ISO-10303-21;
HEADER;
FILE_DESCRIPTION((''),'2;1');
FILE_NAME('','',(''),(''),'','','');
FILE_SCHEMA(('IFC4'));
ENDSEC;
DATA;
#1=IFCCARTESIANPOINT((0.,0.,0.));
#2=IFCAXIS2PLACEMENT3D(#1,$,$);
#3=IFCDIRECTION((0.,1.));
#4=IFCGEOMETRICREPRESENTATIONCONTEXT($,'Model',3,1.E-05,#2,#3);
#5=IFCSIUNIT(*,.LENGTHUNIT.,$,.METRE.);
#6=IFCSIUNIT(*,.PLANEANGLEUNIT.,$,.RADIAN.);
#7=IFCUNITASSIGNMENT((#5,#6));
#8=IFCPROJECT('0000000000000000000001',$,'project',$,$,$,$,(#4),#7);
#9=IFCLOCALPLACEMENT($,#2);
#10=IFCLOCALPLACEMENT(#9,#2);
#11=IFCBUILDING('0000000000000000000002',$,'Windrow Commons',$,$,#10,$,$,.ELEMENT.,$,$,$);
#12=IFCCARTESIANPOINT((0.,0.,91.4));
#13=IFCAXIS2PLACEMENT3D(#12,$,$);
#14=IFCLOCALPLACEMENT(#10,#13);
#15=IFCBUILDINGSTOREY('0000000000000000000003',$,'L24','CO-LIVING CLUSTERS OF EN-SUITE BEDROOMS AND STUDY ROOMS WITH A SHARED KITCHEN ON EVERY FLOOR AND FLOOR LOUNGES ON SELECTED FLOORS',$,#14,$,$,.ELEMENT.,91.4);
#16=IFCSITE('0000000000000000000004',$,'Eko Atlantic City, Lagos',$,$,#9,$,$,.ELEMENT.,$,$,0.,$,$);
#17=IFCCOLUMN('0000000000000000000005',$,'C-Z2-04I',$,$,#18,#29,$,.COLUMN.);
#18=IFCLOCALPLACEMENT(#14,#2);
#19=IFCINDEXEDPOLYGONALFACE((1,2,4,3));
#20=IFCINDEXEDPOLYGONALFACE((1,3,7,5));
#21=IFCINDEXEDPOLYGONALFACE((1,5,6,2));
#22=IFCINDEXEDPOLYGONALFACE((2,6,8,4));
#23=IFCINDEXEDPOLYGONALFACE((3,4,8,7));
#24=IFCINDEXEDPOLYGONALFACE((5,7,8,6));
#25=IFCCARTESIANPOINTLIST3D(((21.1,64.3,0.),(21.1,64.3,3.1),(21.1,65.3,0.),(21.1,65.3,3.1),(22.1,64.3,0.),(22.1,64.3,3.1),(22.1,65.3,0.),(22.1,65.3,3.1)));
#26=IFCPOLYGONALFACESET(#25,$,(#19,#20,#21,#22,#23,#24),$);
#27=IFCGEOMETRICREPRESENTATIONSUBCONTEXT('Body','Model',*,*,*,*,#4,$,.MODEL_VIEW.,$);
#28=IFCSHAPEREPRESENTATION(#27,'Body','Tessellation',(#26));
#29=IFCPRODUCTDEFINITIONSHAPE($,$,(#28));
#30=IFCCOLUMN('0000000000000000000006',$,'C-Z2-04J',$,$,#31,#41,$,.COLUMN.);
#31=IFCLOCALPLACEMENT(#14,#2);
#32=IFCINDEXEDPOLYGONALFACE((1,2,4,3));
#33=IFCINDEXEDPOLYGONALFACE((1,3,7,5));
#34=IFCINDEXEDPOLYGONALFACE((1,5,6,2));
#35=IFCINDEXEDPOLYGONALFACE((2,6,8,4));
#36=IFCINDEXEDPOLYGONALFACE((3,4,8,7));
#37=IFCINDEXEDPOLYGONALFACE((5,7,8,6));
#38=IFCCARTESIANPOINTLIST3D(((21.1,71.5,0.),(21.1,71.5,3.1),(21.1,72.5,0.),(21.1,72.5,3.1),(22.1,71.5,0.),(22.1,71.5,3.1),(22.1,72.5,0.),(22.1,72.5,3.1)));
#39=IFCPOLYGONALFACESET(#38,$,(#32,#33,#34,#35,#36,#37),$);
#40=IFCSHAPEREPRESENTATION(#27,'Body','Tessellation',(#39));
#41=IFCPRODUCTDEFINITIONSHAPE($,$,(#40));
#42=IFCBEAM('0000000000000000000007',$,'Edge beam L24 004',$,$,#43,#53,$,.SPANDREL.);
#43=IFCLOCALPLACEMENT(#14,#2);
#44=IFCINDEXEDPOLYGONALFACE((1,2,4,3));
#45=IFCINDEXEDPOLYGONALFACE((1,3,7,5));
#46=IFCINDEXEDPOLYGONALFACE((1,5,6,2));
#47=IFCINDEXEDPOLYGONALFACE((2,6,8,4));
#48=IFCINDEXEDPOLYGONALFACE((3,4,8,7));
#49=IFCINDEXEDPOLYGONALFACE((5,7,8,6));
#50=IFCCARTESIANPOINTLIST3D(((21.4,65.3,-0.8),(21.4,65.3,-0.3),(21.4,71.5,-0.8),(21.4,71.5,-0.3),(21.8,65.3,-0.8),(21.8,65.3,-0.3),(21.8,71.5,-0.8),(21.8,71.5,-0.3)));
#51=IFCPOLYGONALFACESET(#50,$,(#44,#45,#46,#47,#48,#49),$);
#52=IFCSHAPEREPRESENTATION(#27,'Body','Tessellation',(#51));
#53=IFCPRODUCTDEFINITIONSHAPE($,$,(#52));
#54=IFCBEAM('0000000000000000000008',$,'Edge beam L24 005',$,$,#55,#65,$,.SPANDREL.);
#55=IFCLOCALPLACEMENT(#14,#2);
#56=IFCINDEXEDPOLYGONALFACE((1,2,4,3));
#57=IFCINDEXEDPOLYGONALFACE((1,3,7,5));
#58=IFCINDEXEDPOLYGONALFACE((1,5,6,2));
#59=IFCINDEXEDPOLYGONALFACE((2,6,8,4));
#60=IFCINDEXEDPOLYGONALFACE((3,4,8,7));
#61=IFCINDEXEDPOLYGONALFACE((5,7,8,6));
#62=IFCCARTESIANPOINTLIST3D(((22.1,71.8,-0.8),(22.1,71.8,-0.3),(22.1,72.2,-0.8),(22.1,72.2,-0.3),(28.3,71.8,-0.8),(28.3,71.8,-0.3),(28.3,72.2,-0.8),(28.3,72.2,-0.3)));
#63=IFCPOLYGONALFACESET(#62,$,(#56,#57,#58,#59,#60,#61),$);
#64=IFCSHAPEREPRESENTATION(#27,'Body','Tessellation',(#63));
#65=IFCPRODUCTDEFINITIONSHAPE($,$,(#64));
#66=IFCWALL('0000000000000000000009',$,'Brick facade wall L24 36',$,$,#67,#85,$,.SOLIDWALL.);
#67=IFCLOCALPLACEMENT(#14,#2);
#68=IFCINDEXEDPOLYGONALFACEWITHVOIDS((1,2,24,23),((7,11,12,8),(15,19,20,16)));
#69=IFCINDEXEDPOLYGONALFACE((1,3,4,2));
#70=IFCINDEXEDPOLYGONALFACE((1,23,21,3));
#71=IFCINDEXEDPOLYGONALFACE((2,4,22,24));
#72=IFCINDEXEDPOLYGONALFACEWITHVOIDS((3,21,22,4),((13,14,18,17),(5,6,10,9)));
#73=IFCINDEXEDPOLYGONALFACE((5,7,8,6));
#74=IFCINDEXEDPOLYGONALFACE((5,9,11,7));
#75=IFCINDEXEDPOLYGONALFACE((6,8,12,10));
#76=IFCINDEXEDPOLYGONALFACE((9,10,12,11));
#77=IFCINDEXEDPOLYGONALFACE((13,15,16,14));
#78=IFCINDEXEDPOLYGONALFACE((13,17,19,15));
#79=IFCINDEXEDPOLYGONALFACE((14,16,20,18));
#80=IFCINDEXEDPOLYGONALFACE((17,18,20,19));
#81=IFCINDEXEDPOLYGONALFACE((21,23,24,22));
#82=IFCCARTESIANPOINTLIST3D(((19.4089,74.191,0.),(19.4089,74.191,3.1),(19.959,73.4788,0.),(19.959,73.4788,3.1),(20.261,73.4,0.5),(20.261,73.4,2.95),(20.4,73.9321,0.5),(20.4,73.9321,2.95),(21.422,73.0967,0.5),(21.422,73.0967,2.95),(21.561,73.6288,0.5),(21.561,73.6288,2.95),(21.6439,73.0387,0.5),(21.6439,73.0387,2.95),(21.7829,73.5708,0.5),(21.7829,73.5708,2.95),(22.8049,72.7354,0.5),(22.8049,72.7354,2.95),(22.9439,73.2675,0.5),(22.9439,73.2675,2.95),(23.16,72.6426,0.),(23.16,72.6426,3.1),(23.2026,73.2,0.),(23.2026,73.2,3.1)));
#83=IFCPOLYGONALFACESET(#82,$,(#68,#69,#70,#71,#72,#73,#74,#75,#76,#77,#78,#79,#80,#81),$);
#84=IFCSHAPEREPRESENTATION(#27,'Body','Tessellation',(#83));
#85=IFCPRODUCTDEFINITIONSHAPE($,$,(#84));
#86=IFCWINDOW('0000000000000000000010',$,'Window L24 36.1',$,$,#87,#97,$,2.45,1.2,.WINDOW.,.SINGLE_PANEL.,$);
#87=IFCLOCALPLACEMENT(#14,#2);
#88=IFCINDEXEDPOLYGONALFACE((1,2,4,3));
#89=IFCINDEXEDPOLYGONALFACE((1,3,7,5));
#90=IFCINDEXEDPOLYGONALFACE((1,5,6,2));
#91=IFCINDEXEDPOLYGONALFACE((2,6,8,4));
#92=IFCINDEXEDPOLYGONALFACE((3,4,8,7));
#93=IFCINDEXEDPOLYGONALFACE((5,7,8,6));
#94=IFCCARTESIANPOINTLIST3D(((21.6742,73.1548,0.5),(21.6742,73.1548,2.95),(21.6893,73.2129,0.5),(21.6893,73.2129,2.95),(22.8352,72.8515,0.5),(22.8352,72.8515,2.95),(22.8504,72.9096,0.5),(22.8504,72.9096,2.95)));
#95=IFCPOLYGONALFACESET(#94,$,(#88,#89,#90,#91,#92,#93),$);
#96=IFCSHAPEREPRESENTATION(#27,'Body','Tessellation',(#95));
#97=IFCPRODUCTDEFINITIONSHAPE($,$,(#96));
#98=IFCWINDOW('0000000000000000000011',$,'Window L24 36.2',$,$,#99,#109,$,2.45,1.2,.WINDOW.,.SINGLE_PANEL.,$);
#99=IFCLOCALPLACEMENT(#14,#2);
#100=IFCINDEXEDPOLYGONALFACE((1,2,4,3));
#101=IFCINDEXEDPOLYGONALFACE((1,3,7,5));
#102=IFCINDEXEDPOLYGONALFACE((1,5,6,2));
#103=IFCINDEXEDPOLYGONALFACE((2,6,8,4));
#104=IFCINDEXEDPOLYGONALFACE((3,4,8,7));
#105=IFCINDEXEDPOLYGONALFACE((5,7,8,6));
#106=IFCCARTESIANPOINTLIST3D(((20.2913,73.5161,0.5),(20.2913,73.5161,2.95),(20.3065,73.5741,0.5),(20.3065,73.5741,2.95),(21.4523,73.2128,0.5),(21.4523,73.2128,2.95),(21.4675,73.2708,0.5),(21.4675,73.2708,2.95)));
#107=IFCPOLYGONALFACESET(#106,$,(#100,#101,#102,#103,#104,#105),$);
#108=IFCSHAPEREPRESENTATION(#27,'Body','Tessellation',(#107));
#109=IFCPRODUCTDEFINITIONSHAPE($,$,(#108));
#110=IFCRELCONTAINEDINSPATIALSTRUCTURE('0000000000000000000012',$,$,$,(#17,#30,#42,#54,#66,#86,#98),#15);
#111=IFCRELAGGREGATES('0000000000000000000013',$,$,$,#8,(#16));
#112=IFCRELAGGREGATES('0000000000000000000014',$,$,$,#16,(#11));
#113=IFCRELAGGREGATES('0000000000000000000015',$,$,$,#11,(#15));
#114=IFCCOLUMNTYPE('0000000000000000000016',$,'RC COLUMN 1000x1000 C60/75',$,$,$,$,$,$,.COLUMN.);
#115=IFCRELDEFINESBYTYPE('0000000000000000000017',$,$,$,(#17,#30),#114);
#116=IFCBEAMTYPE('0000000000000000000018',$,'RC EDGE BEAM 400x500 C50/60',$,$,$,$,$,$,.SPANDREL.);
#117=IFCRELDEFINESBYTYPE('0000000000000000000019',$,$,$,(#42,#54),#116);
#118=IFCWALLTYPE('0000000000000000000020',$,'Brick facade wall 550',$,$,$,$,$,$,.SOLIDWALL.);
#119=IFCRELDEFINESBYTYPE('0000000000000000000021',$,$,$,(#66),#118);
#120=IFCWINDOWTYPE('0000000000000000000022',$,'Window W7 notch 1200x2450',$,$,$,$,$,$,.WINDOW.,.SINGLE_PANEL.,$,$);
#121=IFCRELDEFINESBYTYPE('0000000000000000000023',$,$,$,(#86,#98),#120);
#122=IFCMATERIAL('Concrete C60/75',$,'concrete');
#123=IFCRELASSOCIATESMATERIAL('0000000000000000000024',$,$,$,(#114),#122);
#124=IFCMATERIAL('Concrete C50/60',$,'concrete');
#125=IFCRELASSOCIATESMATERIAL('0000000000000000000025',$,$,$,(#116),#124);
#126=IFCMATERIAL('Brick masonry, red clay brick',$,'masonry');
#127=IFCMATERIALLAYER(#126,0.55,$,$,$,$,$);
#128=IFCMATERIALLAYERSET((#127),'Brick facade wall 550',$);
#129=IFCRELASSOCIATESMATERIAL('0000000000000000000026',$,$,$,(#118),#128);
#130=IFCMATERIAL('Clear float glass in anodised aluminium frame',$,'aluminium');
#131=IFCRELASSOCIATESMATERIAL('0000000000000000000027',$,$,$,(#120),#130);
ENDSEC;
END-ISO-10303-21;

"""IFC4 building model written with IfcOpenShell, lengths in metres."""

from ifc_helpers import new_model, si_unit, direction, frame, frame_2d, origin, origin_2d, place, context, subcontext, project, spatial, polyline, rectangle, outline, extrude, material, layer, layer_set, material_profile, profile_set, type_object, element, fill, save


model = new_model("IFC4")

# Units and contexts
model_context = context("Model", 3, precision=1e-05, world=origin(), true_north=direction((0.0, 1.0)))
body_context = subcontext(model_context, "Body", "Model", "MODEL_VIEW")
ifc_project = project(units=[si_unit("LENGTHUNIT", "METRE"), si_unit("PLANEANGLEUNIT", "RADIAN")], contexts=[model_context])

# Site, building, storey
site_placement = place(None, origin())
site = spatial("IfcSite", under=ifc_project, at=site_placement, Name="Eko Atlantic City, Lagos", CompositionType="ELEMENT", RefElevation=0.0)
building_placement = place(site_placement, origin())
building = spatial("IfcBuilding", under=site, at=building_placement, Name="Windrow Commons", CompositionType="ELEMENT")
storey_placement = place(building_placement, frame((0.0, 0.0, 91.4)))
storey = spatial("IfcBuildingStorey", under=building, at=storey_placement, Name="L24", Description="CO-LIVING CLUSTERS OF EN-SUITE BEDROOMS AND STUDY ROOMS WITH A SHARED KITCHEN ON EVERY FLOOR AND FLOOR LOUNGES ON SELECTED FLOORS", CompositionType="ELEMENT", Elevation=91.4)

# Columns
ifc_material_1 = material(Name="Concrete C60/75", Category="concrete")
ifc_material_profile_1 = material_profile(ifc_material_1, rectangle(XDim=1.0, YDim=1.0, at=origin_2d()))
ifc_profile_set_1 = profile_set([ifc_material_profile_1], Name="Concrete C60/75")
column_type = type_object("IfcColumnType", Name="RC COLUMN 1000x1000 C60/75", PredefinedType="COLUMN", material=ifc_profile_set_1)
for number, where, z_axis, x_axis, name in (
    (1, (21.6, 64.8, 0.0), (0.0, 0.0, 1.0), (1.0, 0.0, 0.0), "C-Z2-04I"),
    (2, (21.6, 72.0, 0.0), (0.0, 0.0, 1.0), (1.0, 0.0, 0.0), "C-Z2-04J"),
):
    element("IfcColumn", number, at=place(storey_placement, frame(where, z_axis=z_axis, x_axis=x_axis)), inside=storey, type_object=column_type, Name=name, PredefinedType="COLUMN", context=body_context, shape_type="SweptSolid", body=[
        extrude(rectangle(XDim=1.0, YDim=1.0, at=origin_2d()), origin(), (0.0, 0.0, 1.0), 3.1),
    ])

# Beams
ifc_material_2 = material(Name="Concrete C50/60", Category="concrete")
ifc_material_profile_2 = material_profile(ifc_material_2, rectangle(XDim=0.4, YDim=0.5, at=origin_2d()))
ifc_profile_set_2 = profile_set([ifc_material_profile_2], Name="Concrete C50/60")
beam_type = type_object("IfcBeamType", Name="RC EDGE BEAM 400x500 C50/60", PredefinedType="SPANDREL", material=ifc_profile_set_2)
for number, where, z_axis, x_axis, name in (
    (3, (21.6, 65.3, -0.55), (0.0, 1.0, 0.0), (-1.0, 0.0, 0.0), "Edge beam L24 004"),
    (4, (22.1, 72.0, -0.55), (1.0, 0.0, 0.0), (0.0, 1.0, 0.0), "Edge beam L24 005"),
):
    element("IfcBeam", number, at=place(storey_placement, frame(where, z_axis=z_axis, x_axis=x_axis)), inside=storey, type_object=beam_type, Name=name, PredefinedType="SPANDREL", context=body_context, shape_type="SweptSolid", body=[
        extrude(rectangle(XDim=0.4, YDim=0.5, at=origin_2d()), origin(), (0.0, 0.0, 1.0), 6.2),
    ])

# Wall, openings, windows
ifc_material_3 = material(Name="Brick masonry, red clay brick", Category="masonry")
ifc_layer_1 = layer(ifc_material_3, 0.55)
ifc_layer_set_1 = layer_set([ifc_layer_1], Name="Brick facade wall 550")
wall_type_1 = type_object("IfcWallType", Name="Brick facade wall 550", PredefinedType="SOLIDWALL", material=ifc_layer_set_1)
wall_1_placement = place(storey_placement, frame((23.1813, 72.9213, 0.0), z_axis=(0.0, 0.0, 1.0), x_axis=(-0.967532, 0.252748, 0.0)))
wall_1 = element("IfcWall", 5, at=wall_1_placement, inside=storey, type_object=wall_type_1, Name="Brick facade wall L24 36", PredefinedType="SOLIDWALL", context=body_context, shape_type="SweptSolid", body=[
    extrude(outline(polyline([(0.0498, -0.275), (3.9708, -0.275), (3.2586, 0.275), (-0.0498, 0.275), (0.0498, -0.275)])), origin(), (0.0, 0.0, 1.0), 3.1),
])
opening_1_placement = place(wall_1_placement, frame((0.3172, 0.0, 0.5)))
opening_1 = element("IfcOpeningElement", 6, at=opening_1_placement, cuts=wall_1, PredefinedType="OPENING", context=body_context, shape_type="SweptSolid", body=[
    extrude(rectangle(XDim=1.2, YDim=2.45, at=frame_2d((0.6, 1.225))), frame((0.0, 0.285, 0.0), z_axis=(0.0, -1.0, 0.0), x_axis=(1.0, 0.0, 0.0)), (0.0, 0.0, 1.0), 0.57),
])
opening_2_placement = place(wall_1_placement, frame((1.7465, 0.0, 0.5)))
opening_2 = element("IfcOpeningElement", 7, at=opening_2_placement, cuts=wall_1, PredefinedType="OPENING", context=body_context, shape_type="SweptSolid", body=[
    extrude(rectangle(XDim=1.2, YDim=2.45, at=frame_2d((0.6, 1.225))), frame((0.0, 0.285, 0.0), z_axis=(0.0, -1.0, 0.0), x_axis=(1.0, 0.0, 0.0)), (0.0, 0.0, 1.0), 0.57),
])
ifc_material_4 = material(Name="Clear float glass in anodised aluminium frame", Category="aluminium")
window_type_1 = type_object("IfcWindowType", Name="Window W7 notch 1200x2450", PartitioningType="SINGLE_PANEL", PredefinedType="WINDOW", material=ifc_material_4)
window_1_placement = place(opening_1_placement, origin())
window_1 = element("IfcWindow", 8, at=window_1_placement, inside=storey, type_object=window_type_1, Name="Window L24 36.1", OverallHeight=2.45, OverallWidth=1.2, PartitioningType="SINGLE_PANEL", PredefinedType="WINDOW", context=body_context, shape_type="SweptSolid", body=[
    extrude(rectangle(XDim=1.2, YDim=2.45, at=frame_2d((0.6, 1.225))), frame((0.0, 0.155, 0.0), z_axis=(0.0, -1.0, 0.0), x_axis=(1.0, 0.0, 0.0)), (0.0, 0.0, 1.0), 0.06),
])
fill(opening_1, window_1)
window_2_placement = place(opening_2_placement, origin())
window_2 = element("IfcWindow", 9, at=window_2_placement, inside=storey, type_object=window_type_1, Name="Window L24 36.2", OverallHeight=2.45, OverallWidth=1.2, PartitioningType="SINGLE_PANEL", PredefinedType="WINDOW", context=body_context, shape_type="SweptSolid", body=[
    extrude(rectangle(XDim=1.2, YDim=2.45, at=frame_2d((0.6, 1.225))), frame((0.0, 0.155, 0.0), z_axis=(0.0, -1.0, 0.0), x_axis=(1.0, 0.0, 0.0)), (0.0, 0.0, 1.0), 0.06),
])
fill(opening_2, window_2)

save(model, "model.ifc")
